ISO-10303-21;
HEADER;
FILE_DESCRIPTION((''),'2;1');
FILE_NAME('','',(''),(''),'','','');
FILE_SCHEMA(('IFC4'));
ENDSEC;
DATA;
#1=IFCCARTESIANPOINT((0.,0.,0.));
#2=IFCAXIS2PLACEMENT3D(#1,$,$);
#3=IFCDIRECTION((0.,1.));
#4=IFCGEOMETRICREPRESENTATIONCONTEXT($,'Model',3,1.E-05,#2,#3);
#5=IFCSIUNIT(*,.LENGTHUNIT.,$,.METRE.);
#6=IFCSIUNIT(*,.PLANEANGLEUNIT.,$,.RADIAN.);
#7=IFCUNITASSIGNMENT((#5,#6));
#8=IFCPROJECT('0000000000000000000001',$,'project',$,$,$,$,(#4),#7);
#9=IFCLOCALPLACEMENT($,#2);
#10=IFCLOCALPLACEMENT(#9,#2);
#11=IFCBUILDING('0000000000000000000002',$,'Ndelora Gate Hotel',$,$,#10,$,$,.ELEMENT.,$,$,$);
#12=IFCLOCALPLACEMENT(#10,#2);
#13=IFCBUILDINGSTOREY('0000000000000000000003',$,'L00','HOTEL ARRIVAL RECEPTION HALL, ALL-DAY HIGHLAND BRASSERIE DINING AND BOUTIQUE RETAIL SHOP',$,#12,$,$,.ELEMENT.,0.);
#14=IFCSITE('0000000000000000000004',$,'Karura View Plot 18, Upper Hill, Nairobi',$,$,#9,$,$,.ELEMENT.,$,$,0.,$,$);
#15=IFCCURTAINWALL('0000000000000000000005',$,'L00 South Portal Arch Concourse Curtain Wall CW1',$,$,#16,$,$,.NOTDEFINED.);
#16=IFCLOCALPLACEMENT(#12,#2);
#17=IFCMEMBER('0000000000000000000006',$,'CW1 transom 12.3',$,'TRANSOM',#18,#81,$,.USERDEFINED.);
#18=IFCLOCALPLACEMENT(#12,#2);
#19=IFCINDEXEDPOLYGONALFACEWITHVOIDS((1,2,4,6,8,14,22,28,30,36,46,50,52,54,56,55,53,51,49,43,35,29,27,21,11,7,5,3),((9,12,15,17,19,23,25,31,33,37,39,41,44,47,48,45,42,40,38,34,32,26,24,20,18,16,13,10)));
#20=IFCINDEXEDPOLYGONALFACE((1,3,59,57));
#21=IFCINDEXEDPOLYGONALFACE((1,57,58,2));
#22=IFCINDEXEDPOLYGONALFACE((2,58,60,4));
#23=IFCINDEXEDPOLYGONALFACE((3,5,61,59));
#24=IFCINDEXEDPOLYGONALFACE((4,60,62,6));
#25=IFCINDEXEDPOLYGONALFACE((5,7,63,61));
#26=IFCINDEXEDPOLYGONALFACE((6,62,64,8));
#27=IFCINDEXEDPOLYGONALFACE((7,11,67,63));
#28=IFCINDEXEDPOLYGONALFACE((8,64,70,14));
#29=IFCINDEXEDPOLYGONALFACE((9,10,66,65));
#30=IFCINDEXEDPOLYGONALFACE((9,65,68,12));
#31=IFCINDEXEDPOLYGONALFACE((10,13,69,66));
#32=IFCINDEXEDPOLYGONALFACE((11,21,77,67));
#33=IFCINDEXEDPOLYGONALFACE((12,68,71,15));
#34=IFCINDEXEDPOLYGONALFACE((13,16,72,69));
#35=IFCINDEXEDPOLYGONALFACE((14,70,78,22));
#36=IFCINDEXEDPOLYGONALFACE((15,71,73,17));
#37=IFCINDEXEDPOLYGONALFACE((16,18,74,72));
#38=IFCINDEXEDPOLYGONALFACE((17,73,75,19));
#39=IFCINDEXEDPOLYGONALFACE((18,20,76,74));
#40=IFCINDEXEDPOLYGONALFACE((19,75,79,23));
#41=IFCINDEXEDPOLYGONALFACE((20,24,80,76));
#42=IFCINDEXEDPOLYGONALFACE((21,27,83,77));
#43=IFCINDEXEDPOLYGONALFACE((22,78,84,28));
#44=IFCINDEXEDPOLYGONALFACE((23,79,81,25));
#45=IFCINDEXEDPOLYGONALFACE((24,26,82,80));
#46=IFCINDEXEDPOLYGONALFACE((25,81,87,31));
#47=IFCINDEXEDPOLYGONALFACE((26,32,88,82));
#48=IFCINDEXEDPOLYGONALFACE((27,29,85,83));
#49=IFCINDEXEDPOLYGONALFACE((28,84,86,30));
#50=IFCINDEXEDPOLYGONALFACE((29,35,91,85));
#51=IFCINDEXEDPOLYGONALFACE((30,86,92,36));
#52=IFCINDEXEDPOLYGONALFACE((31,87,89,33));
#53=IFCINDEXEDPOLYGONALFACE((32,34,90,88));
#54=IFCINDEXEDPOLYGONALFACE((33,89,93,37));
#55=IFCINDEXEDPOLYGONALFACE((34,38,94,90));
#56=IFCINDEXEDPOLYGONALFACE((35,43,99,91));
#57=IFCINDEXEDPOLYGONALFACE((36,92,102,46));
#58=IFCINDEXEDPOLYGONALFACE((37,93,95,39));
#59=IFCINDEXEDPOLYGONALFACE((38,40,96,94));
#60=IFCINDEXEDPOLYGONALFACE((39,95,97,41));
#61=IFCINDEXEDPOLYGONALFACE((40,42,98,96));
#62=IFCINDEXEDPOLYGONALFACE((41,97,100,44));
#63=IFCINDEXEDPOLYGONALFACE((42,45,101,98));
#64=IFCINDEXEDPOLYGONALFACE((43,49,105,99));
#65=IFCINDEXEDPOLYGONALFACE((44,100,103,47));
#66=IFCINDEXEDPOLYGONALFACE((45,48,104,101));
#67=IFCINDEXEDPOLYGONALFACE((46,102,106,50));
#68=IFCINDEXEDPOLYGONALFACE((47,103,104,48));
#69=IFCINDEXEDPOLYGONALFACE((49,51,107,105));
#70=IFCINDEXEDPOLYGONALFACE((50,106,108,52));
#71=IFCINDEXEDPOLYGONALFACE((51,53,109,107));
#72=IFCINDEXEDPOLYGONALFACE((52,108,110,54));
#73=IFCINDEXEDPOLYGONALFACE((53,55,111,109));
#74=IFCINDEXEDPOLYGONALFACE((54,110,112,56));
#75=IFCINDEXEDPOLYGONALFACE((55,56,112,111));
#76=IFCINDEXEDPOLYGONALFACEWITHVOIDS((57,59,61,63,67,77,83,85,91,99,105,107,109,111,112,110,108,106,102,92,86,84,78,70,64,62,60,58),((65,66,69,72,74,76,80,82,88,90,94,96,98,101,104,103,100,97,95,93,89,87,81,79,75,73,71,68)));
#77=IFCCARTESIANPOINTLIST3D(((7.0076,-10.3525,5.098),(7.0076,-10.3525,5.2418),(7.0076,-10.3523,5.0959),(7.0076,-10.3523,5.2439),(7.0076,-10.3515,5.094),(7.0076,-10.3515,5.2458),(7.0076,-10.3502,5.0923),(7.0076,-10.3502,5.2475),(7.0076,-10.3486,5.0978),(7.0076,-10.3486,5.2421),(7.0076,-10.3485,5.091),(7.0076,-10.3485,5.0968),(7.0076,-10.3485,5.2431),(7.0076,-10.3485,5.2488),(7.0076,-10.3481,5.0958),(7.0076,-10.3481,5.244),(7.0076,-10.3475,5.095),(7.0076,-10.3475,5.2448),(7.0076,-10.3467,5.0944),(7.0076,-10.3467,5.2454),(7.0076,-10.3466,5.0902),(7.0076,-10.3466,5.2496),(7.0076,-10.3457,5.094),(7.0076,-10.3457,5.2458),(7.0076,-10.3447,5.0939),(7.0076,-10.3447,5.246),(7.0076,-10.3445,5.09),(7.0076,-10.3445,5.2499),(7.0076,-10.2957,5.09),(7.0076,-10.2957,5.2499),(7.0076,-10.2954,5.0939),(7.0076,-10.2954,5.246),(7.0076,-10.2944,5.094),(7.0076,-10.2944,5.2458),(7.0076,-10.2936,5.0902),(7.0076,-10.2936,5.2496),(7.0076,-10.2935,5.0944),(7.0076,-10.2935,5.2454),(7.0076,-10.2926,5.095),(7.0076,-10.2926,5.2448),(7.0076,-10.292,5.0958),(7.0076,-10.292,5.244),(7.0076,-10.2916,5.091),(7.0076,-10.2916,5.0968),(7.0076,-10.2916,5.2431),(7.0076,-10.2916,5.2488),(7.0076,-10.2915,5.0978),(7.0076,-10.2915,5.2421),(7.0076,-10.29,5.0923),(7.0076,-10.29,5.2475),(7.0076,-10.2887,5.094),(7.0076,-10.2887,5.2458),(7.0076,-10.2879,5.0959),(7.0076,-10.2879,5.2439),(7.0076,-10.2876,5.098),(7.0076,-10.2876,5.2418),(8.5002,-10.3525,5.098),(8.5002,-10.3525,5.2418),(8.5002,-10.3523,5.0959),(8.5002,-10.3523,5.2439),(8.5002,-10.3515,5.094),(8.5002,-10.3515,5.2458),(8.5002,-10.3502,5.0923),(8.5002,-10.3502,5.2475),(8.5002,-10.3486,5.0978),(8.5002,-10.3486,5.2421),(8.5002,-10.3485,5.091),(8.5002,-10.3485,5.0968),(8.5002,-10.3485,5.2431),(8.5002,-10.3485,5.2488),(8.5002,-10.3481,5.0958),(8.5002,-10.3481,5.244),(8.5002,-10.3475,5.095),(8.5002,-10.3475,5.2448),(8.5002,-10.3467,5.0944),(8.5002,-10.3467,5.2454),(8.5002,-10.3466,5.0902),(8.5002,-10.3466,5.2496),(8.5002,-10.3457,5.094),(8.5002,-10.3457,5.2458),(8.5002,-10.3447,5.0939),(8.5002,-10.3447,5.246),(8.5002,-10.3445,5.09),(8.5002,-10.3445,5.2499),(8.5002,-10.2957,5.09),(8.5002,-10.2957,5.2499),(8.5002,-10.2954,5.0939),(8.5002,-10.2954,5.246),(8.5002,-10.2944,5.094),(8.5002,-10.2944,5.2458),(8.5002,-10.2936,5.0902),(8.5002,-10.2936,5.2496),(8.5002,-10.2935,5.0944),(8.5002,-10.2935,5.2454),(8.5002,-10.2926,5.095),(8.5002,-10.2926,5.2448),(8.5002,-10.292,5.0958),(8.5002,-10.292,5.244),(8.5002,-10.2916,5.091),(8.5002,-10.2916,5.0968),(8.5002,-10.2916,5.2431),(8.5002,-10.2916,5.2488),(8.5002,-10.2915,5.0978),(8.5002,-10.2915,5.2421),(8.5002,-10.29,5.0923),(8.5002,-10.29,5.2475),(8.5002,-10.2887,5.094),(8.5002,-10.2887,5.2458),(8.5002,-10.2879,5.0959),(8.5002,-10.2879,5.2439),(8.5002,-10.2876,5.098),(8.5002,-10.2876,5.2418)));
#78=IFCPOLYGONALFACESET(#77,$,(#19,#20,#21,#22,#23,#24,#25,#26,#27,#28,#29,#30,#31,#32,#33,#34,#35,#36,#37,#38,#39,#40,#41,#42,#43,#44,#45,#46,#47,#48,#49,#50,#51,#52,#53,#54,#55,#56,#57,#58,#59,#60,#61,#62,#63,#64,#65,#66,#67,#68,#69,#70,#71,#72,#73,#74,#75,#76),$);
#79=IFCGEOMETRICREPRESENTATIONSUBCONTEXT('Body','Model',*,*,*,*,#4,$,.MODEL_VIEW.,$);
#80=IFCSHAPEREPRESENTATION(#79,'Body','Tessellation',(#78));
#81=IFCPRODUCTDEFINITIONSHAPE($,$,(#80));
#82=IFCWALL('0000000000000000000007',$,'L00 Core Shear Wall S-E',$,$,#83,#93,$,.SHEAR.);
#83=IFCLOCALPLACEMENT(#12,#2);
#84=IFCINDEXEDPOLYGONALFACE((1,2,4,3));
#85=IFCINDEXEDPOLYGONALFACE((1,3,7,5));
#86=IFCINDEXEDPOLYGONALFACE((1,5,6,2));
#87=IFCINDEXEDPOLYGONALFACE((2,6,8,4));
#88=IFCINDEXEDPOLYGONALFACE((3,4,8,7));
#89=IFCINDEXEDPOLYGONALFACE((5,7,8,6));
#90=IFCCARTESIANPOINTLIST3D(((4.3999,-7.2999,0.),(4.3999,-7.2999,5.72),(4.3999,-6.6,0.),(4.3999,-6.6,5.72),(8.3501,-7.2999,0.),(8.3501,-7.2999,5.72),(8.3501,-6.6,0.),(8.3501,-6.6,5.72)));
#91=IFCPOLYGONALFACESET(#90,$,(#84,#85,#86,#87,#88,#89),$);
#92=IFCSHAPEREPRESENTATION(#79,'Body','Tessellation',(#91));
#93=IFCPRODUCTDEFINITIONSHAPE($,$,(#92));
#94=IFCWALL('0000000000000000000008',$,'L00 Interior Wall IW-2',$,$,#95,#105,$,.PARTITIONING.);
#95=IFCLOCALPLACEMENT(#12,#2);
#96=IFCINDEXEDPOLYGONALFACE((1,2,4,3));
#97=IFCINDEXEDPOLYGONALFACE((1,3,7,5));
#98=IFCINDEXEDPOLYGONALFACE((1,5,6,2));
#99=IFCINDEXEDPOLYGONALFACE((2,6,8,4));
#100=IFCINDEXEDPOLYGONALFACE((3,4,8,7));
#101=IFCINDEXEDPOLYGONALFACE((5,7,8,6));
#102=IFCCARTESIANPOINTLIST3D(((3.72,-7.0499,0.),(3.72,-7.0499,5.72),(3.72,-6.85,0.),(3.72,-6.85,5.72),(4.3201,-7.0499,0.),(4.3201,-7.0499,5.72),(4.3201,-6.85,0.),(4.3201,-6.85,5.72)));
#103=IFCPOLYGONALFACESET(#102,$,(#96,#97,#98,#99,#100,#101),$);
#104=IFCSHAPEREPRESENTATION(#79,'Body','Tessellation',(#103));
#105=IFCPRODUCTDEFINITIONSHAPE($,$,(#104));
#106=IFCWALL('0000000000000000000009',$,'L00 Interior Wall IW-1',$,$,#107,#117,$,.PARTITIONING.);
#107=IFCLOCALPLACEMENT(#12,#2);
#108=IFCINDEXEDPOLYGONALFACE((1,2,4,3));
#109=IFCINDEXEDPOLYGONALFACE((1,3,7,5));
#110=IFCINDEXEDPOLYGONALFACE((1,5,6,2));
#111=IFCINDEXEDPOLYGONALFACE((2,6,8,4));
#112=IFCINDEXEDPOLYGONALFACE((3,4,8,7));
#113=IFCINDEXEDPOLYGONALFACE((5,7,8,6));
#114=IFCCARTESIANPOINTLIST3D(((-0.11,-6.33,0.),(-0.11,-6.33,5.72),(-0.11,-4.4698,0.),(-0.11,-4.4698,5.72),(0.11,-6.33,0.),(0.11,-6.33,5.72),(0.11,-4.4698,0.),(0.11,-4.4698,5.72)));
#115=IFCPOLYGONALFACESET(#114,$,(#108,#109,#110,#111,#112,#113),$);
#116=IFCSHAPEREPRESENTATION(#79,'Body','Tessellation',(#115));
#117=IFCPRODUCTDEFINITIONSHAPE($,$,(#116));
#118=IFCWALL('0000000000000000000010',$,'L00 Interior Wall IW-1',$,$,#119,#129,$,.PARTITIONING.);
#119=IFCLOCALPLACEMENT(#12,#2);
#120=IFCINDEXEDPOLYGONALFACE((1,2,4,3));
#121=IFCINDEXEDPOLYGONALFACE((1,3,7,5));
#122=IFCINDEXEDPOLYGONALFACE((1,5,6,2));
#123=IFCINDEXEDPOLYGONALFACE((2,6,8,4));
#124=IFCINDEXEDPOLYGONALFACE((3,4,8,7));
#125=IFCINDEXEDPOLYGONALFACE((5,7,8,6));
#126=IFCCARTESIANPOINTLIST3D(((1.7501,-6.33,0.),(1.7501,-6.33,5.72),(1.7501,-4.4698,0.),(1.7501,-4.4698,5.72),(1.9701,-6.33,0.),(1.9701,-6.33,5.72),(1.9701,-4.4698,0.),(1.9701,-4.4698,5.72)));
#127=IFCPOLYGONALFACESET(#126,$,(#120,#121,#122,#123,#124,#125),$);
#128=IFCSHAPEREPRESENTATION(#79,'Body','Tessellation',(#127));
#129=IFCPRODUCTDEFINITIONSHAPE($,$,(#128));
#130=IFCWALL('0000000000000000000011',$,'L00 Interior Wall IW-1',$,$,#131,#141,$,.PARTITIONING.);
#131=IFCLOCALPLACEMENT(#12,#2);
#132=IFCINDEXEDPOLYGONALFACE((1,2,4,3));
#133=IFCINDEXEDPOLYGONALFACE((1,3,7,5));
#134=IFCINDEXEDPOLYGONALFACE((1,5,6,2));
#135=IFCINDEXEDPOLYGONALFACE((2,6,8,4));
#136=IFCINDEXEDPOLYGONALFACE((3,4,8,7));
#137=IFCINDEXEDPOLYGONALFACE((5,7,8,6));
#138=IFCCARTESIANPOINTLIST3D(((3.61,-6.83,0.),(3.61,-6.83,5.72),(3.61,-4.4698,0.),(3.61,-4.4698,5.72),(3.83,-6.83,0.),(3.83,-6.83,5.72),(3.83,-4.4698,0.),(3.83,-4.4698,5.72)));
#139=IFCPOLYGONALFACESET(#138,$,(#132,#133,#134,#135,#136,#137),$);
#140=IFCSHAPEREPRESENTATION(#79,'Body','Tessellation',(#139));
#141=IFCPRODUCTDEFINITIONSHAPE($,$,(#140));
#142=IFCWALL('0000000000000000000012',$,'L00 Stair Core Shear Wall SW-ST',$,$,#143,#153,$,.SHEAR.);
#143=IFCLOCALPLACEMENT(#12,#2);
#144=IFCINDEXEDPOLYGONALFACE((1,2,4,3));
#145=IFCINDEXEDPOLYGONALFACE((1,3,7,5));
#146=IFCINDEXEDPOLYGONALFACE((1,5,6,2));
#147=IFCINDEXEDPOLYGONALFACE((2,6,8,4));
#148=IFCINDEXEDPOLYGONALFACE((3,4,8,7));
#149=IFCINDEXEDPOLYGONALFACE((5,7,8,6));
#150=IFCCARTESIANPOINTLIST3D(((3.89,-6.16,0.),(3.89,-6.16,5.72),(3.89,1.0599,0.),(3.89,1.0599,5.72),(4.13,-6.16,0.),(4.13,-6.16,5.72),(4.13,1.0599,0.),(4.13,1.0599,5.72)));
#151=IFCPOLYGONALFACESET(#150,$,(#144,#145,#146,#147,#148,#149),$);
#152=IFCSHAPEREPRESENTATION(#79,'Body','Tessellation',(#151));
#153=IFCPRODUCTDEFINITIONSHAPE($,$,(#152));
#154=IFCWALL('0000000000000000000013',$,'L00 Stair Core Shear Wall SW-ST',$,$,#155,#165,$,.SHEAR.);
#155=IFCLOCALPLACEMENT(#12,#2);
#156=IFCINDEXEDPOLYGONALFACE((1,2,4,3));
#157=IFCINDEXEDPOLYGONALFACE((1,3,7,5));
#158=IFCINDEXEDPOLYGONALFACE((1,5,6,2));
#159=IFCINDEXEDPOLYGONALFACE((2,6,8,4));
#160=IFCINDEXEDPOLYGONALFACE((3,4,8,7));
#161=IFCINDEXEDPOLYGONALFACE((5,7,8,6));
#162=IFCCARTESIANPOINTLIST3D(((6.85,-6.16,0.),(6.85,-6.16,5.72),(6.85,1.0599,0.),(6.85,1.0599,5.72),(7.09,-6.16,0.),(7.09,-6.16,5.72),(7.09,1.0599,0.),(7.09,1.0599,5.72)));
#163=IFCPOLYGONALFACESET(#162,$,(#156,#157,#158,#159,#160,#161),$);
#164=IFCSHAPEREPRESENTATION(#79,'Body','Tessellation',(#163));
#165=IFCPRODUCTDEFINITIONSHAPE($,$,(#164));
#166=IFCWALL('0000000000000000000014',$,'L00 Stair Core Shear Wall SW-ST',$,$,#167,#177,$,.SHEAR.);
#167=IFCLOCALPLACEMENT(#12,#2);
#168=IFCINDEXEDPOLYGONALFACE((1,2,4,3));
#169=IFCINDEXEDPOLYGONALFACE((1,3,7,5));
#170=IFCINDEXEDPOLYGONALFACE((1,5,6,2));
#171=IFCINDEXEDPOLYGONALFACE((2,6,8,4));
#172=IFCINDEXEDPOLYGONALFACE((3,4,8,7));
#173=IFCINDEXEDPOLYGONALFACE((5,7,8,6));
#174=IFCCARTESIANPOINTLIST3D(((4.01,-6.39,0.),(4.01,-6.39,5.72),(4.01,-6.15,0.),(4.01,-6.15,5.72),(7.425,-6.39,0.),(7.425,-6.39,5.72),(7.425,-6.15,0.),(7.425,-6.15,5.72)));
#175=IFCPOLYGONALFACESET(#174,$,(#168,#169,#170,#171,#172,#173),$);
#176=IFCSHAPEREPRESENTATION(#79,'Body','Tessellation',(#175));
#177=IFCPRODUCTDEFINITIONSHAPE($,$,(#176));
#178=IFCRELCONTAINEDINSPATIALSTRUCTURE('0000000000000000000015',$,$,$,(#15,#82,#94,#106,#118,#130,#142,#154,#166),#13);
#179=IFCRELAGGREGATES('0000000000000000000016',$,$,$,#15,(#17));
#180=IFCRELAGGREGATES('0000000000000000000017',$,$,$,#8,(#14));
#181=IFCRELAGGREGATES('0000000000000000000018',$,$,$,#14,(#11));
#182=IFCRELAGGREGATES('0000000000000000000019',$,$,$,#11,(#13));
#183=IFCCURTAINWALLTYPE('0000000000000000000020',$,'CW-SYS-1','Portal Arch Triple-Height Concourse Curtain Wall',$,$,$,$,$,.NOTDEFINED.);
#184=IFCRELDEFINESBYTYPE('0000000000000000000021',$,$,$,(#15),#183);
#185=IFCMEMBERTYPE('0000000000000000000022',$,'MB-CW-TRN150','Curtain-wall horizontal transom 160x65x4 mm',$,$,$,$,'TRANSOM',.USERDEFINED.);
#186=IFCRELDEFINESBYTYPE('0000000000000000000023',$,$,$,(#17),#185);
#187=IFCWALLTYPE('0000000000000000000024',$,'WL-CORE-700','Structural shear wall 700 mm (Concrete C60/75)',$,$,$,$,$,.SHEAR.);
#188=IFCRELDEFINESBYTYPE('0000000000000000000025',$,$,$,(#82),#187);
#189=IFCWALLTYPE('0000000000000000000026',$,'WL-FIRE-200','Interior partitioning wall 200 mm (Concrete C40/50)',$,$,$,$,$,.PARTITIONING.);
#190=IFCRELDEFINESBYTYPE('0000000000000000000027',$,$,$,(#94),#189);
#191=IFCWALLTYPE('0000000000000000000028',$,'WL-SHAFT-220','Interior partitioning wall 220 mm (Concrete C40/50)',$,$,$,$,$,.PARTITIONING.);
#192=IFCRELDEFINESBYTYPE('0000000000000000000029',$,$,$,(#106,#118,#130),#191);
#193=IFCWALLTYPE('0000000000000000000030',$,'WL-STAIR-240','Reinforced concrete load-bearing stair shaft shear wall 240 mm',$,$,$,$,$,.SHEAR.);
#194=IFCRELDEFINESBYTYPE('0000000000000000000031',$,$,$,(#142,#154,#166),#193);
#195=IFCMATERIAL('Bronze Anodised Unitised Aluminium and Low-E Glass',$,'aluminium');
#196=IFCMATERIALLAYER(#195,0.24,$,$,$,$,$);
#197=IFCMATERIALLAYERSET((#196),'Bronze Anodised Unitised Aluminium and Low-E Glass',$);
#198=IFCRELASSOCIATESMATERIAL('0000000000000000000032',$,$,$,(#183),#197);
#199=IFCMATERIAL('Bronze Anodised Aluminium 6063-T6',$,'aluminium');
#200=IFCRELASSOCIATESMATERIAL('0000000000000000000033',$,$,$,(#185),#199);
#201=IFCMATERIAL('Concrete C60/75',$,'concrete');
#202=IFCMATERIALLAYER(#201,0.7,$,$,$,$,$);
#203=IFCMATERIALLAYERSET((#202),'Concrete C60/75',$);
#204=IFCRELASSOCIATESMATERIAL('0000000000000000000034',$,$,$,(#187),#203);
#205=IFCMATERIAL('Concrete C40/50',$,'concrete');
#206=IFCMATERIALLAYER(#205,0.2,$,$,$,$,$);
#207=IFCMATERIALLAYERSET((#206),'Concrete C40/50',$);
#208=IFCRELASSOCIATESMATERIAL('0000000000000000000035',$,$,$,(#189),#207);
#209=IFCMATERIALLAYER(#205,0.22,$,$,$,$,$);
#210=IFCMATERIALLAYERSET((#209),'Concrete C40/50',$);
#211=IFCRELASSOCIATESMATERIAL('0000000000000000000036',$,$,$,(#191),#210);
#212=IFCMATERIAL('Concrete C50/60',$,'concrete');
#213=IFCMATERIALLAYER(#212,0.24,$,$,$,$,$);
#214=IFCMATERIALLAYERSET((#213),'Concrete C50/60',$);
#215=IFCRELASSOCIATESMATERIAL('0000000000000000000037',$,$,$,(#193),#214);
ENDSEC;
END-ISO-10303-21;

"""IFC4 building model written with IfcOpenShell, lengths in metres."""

from ifc_helpers import new_model, si_unit, direction, frame, frame_2d, origin, origin_2d, place, context, subcontext, project, spatial, rectangle, hollow_rectangle, extrude, material, layer, layer_set, material_profile, profile_set, type_object, element, aggregate, save


model = new_model("IFC4")

# Units and contexts
model_context = context("Model", 3, precision=1e-05, world=origin(), true_north=direction((0.0, 1.0)))
body_context = subcontext(model_context, "Body", "Model", "MODEL_VIEW")
ifc_project = project(units=[si_unit("LENGTHUNIT", "METRE"), si_unit("PLANEANGLEUNIT", "RADIAN")], contexts=[model_context])

# Site, building, storey
site_placement = place(None, origin())
site = spatial("IfcSite", under=ifc_project, at=site_placement, Name="Karura View Plot 18, Upper Hill, Nairobi", CompositionType="ELEMENT", RefElevation=0.0)
building_placement = place(site_placement, origin())
building = spatial("IfcBuilding", under=site, at=building_placement, Name="Ndelora Gate Hotel", CompositionType="ELEMENT")
storey_placement = place(building_placement, origin())
storey = spatial("IfcBuildingStorey", under=building, at=storey_placement, Name="L00", Description="HOTEL ARRIVAL RECEPTION HALL, ALL-DAY HIGHLAND BRASSERIE DINING AND BOUTIQUE RETAIL SHOP", CompositionType="ELEMENT", Elevation=0.0)

# Shared definitions
ifc_material_1 = material(Name="Concrete C60/75", Category="concrete")

# Curtain wall, member
ifc_material_2 = material(Name="Bronze Anodised Unitised Aluminium and Low-E Glass", Category="aluminium")
ifc_layer_1 = layer(ifc_material_2, 0.24)
ifc_layer_set_1 = layer_set([ifc_layer_1], Name="Bronze Anodised Unitised Aluminium and Low-E Glass")
curtain_wall_type = type_object("IfcCurtainWallType", Name="CW-SYS-1", Description="Portal Arch Triple-Height Concourse Curtain Wall", PredefinedType="NOTDEFINED", material=ifc_layer_set_1)
curtain_wall_placement = place(storey_placement, origin())
curtain_wall = element("IfcCurtainWall", 1, at=curtain_wall_placement, inside=storey, type_object=curtain_wall_type, Name="L00 South Portal Arch Concourse Curtain Wall CW1", PredefinedType="NOTDEFINED")
ifc_material_3 = material(Name="Bronze Anodised Aluminium 6063-T6", Category="aluminium")
ifc_material_profile_1 = material_profile(ifc_material_3, hollow_rectangle(XDim=0.0649, YDim=0.1599, WallThickness=0.0039, InnerFilletRadius=0.0039, OuterFilletRadius=0.0081, at=origin_2d()), Name="ALU 160x65x4")
ifc_profile_set_1 = profile_set([ifc_material_profile_1], Name="Bronze Anodised Aluminium 6063-T6")
member_type_1 = type_object("IfcMemberType", Name="MB-CW-TRN150", Description="Curtain-wall horizontal transom 160x65x4 mm", ElementType="TRANSOM", PredefinedType="USERDEFINED", material=ifc_profile_set_1)
member_1_placement = place(storey_placement, frame((7.0076, -10.3201, 5.1699), z_axis=(1.0, 0.0, 0.0), x_axis=(0.0, 1.0, 0.0)))
member_1 = element("IfcMember", 2, at=member_1_placement, type_object=member_type_1, Name="CW1 transom 12.3", ObjectType="TRANSOM", PredefinedType="USERDEFINED", context=body_context, shape_type="SweptSolid", body=[
    extrude(hollow_rectangle(XDim=0.0649, YDim=0.1599, WallThickness=0.0039, InnerFilletRadius=0.0039, OuterFilletRadius=0.0081, at=origin_2d()), origin(), (0.0, 0.0, 1.0), 1.4927),
])
aggregate(curtain_wall, [member_1])

# Walls
ifc_layer_2 = layer(ifc_material_1, 0.7)
ifc_layer_set_2 = layer_set([ifc_layer_2], Name="Concrete C60/75")
wall_type_1 = type_object("IfcWallType", Name="WL-CORE-700", Description="Structural shear wall 700 mm (Concrete C60/75)", PredefinedType="SHEAR", material=ifc_layer_set_2)
wall_1_placement = place(storey_placement, frame((4.3999, -6.95, 0.0), z_axis=(0.0, 0.0, 1.0), x_axis=(1.0, 0.0, 0.0)))
element("IfcWall", 3, at=wall_1_placement, inside=storey, type_object=wall_type_1, Name="L00 Core Shear Wall S-E", PredefinedType="SHEAR", context=body_context, shape_type="SweptSolid", body=[
    extrude(rectangle(XDim=3.9502, YDim=0.7, at=frame_2d((1.9751, 0.0))), origin(), (0.0, 0.0, 1.0), 5.72),
])
ifc_material_4 = material(Name="Concrete C40/50", Category="concrete")
ifc_layer_3 = layer(ifc_material_4, 0.2)
ifc_layer_set_3 = layer_set([ifc_layer_3], Name="Concrete C40/50")
wall_type_2 = type_object("IfcWallType", Name="WL-FIRE-200", Description="Interior partitioning wall 200 mm (Concrete C40/50)", PredefinedType="PARTITIONING", material=ifc_layer_set_3)
wall_2_placement = place(storey_placement, frame((3.72, -6.95, 0.0), z_axis=(0.0, 0.0, 1.0), x_axis=(1.0, 0.0, 0.0)))
element("IfcWall", 4, at=wall_2_placement, inside=storey, type_object=wall_type_2, Name="L00 Interior Wall IW-2", PredefinedType="PARTITIONING", context=body_context, shape_type="SweptSolid", body=[
    extrude(rectangle(XDim=0.6001, YDim=0.2, at=frame_2d((0.3, 0.0))), origin(), (0.0, 0.0, 1.0), 5.72),
])
ifc_layer_4 = layer(ifc_material_4, 0.22)
ifc_layer_set_4 = layer_set([ifc_layer_4], Name="Concrete C40/50")
wall_type_3 = type_object("IfcWallType", Name="WL-SHAFT-220", Description="Interior partitioning wall 220 mm (Concrete C40/50)", PredefinedType="PARTITIONING", material=ifc_layer_set_4)
wall_3_placement = place(storey_placement, frame((0.0, -6.3301, 0.0), z_axis=(0.0, 0.0, 1.0), x_axis=(0.0, 1.0, 0.0)))
element("IfcWall", 5, at=wall_3_placement, inside=storey, type_object=wall_type_3, Name="L00 Interior Wall IW-1", PredefinedType="PARTITIONING", context=body_context, shape_type="SweptSolid", body=[
    extrude(rectangle(XDim=1.8601, YDim=0.22, at=frame_2d((0.9302, 0.0))), origin(), (0.0, 0.0, 1.0), 5.72),
])

# Wall
wall_4_placement = place(storey_placement, frame((1.8601, -6.3301, 0.0), z_axis=(0.0, 0.0, 1.0), x_axis=(0.0, 1.0, 0.0)))
element("IfcWall", 6, at=wall_4_placement, inside=storey, type_object=wall_type_3, Name="L00 Interior Wall IW-1", PredefinedType="PARTITIONING", context=body_context, shape_type="SweptSolid", body=[
    extrude(rectangle(XDim=1.8601, YDim=0.22, at=frame_2d((0.9302, 0.0))), origin(), (0.0, 0.0, 1.0), 5.72),
])

# Walls
wall_5_placement = place(storey_placement, frame((3.72, -6.8301, 0.0), z_axis=(0.0, 0.0, 1.0), x_axis=(0.0, 1.0, 0.0)))
element("IfcWall", 7, at=wall_5_placement, inside=storey, type_object=wall_type_3, Name="L00 Interior Wall IW-1", PredefinedType="PARTITIONING", context=body_context, shape_type="SweptSolid", body=[
    extrude(rectangle(XDim=2.3601, YDim=0.22, at=frame_2d((1.1802, 0.0))), origin(), (0.0, 0.0, 1.0), 5.72),
])
ifc_material_5 = material(Name="Concrete C50/60", Category="concrete")
ifc_layer_5 = layer(ifc_material_5, 0.24)
ifc_layer_set_5 = layer_set([ifc_layer_5], Name="Concrete C50/60")
wall_type_4 = type_object("IfcWallType", Name="WL-STAIR-240", Description="Reinforced concrete load-bearing stair shaft shear wall 240 mm", PredefinedType="SHEAR", material=ifc_layer_set_5)
for number, where, z_axis, x_axis, name in (
    (8, (4.01, -6.1599, 0.0), (0.0, 0.0, 1.0), (0.0, 1.0, 0.0), "L00 Stair Core Shear Wall SW-ST"),
    (9, (6.97, -6.1599, 0.0), (0.0, 0.0, 1.0), (0.0, 1.0, 0.0), "L00 Stair Core Shear Wall SW-ST"),
):
    element("IfcWall", number, at=place(storey_placement, frame(where, z_axis=z_axis, x_axis=x_axis)), inside=storey, type_object=wall_type_4, Name=name, PredefinedType="SHEAR", context=body_context, shape_type="SweptSolid", body=[
        extrude(rectangle(XDim=7.22, YDim=0.24, at=frame_2d((3.6099, 0.0))), origin(), (0.0, 0.0, 1.0), 5.72),
    ])
wall_6_placement = place(storey_placement, frame((4.01, -6.27, 0.0), z_axis=(0.0, 0.0, 1.0), x_axis=(1.0, 0.0, 0.0)))
element("IfcWall", 10, at=wall_6_placement, inside=storey, type_object=wall_type_4, Name="L00 Stair Core Shear Wall SW-ST", PredefinedType="SHEAR", context=body_context, shape_type="SweptSolid", body=[
    extrude(rectangle(XDim=3.415, YDim=0.24, at=frame_2d((1.7075, 0.0))), origin(), (0.0, 0.0, 1.0), 5.72),
])

save(model, "model.ifc")
